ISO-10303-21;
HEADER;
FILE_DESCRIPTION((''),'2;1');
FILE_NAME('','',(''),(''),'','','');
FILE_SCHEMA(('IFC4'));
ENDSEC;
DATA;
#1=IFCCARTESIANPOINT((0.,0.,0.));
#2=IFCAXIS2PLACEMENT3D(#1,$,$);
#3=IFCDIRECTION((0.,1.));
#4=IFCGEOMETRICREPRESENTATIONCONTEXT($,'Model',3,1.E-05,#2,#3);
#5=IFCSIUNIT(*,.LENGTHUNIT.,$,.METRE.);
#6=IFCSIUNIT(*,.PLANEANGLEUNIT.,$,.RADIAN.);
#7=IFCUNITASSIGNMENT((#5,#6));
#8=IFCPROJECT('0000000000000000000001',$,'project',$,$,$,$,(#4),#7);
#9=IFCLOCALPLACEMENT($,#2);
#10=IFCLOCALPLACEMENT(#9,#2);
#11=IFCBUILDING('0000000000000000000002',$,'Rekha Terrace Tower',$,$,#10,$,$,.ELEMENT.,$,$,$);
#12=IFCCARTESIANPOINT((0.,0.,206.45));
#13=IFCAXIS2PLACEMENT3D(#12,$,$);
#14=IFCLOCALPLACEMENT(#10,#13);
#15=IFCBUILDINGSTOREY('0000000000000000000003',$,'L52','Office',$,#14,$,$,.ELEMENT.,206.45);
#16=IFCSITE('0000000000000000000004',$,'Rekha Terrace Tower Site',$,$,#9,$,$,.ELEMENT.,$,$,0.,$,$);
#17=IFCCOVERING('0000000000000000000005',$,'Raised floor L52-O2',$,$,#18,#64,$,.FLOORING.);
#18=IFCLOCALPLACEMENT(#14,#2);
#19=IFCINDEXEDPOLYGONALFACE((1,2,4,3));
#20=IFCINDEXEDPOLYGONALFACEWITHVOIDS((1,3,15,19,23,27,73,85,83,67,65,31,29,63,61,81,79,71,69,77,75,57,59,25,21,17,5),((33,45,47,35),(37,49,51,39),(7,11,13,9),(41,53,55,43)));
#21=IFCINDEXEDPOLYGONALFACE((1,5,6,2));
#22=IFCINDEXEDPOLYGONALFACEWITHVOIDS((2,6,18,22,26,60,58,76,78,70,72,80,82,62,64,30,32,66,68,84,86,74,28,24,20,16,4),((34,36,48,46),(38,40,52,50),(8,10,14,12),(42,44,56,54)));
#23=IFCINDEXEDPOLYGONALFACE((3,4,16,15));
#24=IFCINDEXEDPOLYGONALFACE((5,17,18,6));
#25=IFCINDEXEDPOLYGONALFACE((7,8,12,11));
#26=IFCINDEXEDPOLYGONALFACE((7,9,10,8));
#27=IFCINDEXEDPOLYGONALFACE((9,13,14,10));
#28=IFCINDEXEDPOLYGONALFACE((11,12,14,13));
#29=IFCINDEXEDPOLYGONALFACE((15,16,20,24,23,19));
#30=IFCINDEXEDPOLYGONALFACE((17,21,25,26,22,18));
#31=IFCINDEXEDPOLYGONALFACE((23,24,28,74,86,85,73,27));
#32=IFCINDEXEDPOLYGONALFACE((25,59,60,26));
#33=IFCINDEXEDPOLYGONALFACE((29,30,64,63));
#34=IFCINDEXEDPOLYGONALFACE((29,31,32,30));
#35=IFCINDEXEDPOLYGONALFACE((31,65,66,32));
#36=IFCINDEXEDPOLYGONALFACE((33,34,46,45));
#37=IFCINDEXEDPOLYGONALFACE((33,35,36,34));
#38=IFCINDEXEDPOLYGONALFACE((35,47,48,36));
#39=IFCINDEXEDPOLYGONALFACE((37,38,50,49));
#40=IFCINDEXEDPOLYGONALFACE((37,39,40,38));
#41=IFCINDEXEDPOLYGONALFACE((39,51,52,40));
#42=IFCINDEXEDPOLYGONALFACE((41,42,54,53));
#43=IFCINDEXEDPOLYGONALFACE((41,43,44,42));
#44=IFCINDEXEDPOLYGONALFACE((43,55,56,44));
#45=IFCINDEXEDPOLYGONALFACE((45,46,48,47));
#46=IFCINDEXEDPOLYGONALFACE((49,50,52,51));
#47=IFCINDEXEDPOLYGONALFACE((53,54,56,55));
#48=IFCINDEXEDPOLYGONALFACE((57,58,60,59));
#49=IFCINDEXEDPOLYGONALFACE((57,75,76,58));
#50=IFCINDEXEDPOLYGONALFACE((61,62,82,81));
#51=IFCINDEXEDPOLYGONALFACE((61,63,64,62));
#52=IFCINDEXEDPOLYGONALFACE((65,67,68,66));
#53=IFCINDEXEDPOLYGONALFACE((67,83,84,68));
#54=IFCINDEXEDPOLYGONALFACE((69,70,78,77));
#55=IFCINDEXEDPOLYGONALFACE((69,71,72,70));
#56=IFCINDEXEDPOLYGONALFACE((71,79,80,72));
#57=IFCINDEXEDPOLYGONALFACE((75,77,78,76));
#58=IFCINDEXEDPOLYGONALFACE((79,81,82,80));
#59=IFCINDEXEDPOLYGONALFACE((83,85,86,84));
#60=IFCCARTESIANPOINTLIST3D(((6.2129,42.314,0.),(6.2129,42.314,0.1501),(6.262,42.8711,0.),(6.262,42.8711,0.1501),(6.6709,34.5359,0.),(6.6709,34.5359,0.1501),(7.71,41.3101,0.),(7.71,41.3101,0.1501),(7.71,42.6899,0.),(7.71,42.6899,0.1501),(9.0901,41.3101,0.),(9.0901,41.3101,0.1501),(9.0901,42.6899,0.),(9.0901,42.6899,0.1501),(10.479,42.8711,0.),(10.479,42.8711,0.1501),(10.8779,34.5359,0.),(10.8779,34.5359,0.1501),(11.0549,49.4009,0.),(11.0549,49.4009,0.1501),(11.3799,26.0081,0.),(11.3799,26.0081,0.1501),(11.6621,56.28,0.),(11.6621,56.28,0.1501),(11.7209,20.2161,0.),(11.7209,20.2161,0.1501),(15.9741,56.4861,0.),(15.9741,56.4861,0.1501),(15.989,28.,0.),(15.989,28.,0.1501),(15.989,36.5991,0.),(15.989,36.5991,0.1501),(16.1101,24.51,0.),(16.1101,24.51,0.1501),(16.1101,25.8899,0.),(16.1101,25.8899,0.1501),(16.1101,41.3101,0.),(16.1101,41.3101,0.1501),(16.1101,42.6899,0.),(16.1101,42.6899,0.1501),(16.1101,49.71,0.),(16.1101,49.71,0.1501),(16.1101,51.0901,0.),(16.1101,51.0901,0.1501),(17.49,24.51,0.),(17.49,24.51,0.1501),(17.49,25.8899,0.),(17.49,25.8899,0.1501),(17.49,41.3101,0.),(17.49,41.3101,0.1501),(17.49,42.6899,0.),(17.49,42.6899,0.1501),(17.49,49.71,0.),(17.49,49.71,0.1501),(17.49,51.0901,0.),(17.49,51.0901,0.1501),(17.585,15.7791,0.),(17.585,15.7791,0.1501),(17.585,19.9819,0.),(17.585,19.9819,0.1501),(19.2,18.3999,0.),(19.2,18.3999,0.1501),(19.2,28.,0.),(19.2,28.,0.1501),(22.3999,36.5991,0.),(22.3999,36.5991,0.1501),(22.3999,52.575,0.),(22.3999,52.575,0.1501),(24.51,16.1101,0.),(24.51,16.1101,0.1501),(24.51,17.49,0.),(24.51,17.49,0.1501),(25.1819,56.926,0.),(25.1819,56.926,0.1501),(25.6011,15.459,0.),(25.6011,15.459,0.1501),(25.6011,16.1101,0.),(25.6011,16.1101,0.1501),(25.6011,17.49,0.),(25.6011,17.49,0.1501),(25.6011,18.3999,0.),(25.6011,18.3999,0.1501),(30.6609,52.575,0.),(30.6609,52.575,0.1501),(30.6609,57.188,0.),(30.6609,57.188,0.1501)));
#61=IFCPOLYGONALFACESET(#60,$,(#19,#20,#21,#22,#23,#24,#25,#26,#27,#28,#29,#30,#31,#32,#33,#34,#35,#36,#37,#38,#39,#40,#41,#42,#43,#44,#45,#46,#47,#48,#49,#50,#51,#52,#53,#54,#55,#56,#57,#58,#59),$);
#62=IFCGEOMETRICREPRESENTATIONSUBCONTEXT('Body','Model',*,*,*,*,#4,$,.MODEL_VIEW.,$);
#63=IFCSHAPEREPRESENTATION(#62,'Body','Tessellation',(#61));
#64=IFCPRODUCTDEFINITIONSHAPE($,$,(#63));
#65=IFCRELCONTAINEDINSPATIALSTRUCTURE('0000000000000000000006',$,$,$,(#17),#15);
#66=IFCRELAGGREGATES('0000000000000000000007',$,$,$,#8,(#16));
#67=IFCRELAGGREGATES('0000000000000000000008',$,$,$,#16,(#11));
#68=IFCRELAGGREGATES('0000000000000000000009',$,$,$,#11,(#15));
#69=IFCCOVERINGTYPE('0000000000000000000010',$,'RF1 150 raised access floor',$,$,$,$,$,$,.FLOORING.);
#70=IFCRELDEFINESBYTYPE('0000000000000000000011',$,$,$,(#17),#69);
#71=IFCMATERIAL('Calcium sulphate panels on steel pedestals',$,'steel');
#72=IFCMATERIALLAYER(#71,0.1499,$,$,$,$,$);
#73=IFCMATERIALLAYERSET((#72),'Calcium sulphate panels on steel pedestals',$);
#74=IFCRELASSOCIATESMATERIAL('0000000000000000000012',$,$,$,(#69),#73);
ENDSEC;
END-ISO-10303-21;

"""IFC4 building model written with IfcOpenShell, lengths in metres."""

from ifc_helpers import new_model, si_unit, direction, frame, origin, place, context, subcontext, project, spatial, polyline, outline, extrude, material, layer, layer_set, type_object, element, save


model = new_model("IFC4")

# Units and contexts
model_context = context("Model", 3, precision=1e-05, world=origin(), true_north=direction((0.0, 1.0)))
body_context = subcontext(model_context, "Body", "Model", "MODEL_VIEW")
ifc_project = project(units=[si_unit("LENGTHUNIT", "METRE"), si_unit("PLANEANGLEUNIT", "RADIAN")], contexts=[model_context])

# Site, building, storey
site_placement = place(None, origin())
site = spatial("IfcSite", under=ifc_project, at=site_placement, Name="Rekha Terrace Tower Site", CompositionType="ELEMENT", RefElevation=0.0)
building_placement = place(site_placement, origin())
building = spatial("IfcBuilding", under=site, at=building_placement, Name="Rekha Terrace Tower", CompositionType="ELEMENT")
storey_placement = place(building_placement, frame((0.0, 0.0, 206.45)))
storey = spatial("IfcBuildingStorey", under=building, at=storey_placement, Name="L52", Description="Office", CompositionType="ELEMENT", Elevation=206.45)

# Covering
ifc_material_1 = material(Name="Calcium sulphate panels on steel pedestals", Category="steel")
ifc_layer_1 = layer(ifc_material_1, 0.1499)
ifc_layer_set_1 = layer_set([ifc_layer_1], Name="Calcium sulphate panels on steel pedestals")
covering_type_1 = type_object("IfcCoveringType", Name="RF1 150 raised access floor", PredefinedType="FLOORING", material=ifc_layer_set_1)
covering_1_placement = place(storey_placement, origin())
element("IfcCovering", 1, at=covering_1_placement, inside=storey, type_object=covering_type_1, Name="Raised floor L52-O2", PredefinedType="FLOORING", context=body_context, shape_type="SweptSolid", body=[
    extrude(outline(polyline([(11.6621, 56.28), (11.0549, 49.4009), (10.479, 42.8711), (6.262, 42.8711), (6.2129, 42.314), (6.6709, 34.5359), (10.8779, 34.5359), (11.3799, 26.0081), (11.7209, 20.2161), (17.585, 19.9819), (17.585, 15.7791), (25.6011, 15.459), (25.6011, 16.1101), (24.51, 16.1101), (24.51, 17.49), (25.6011, 17.49), (25.6011, 18.3999), (19.2, 18.3999), (19.2, 28.0), (15.989, 28.0), (15.989, 36.5991), (22.3999, 36.5991), (22.3999, 52.575), (30.6609, 52.575), (30.6609, 57.188), (25.1819, 56.926), (15.9741, 56.4861), (11.6621, 56.28)]), holes=[polyline([(17.49, 24.51), (16.1101, 24.51), (16.1101, 25.8899), (17.49, 25.8899), (17.49, 24.51)]), polyline([(17.49, 42.6899), (17.49, 41.3101), (16.1101, 41.3101), (16.1101, 42.6899), (17.49, 42.6899)]), polyline([(17.49, 51.0901), (17.49, 49.71), (16.1101, 49.71), (16.1101, 51.0901), (17.49, 51.0901)]), polyline([(9.0901, 41.3101), (7.71, 41.3101), (7.71, 42.6899), (9.0901, 42.6899), (9.0901, 41.3101)])]), origin(), (0.0, 0.0, 1.0), 0.1501),
])

save(model, "model.ifc")
